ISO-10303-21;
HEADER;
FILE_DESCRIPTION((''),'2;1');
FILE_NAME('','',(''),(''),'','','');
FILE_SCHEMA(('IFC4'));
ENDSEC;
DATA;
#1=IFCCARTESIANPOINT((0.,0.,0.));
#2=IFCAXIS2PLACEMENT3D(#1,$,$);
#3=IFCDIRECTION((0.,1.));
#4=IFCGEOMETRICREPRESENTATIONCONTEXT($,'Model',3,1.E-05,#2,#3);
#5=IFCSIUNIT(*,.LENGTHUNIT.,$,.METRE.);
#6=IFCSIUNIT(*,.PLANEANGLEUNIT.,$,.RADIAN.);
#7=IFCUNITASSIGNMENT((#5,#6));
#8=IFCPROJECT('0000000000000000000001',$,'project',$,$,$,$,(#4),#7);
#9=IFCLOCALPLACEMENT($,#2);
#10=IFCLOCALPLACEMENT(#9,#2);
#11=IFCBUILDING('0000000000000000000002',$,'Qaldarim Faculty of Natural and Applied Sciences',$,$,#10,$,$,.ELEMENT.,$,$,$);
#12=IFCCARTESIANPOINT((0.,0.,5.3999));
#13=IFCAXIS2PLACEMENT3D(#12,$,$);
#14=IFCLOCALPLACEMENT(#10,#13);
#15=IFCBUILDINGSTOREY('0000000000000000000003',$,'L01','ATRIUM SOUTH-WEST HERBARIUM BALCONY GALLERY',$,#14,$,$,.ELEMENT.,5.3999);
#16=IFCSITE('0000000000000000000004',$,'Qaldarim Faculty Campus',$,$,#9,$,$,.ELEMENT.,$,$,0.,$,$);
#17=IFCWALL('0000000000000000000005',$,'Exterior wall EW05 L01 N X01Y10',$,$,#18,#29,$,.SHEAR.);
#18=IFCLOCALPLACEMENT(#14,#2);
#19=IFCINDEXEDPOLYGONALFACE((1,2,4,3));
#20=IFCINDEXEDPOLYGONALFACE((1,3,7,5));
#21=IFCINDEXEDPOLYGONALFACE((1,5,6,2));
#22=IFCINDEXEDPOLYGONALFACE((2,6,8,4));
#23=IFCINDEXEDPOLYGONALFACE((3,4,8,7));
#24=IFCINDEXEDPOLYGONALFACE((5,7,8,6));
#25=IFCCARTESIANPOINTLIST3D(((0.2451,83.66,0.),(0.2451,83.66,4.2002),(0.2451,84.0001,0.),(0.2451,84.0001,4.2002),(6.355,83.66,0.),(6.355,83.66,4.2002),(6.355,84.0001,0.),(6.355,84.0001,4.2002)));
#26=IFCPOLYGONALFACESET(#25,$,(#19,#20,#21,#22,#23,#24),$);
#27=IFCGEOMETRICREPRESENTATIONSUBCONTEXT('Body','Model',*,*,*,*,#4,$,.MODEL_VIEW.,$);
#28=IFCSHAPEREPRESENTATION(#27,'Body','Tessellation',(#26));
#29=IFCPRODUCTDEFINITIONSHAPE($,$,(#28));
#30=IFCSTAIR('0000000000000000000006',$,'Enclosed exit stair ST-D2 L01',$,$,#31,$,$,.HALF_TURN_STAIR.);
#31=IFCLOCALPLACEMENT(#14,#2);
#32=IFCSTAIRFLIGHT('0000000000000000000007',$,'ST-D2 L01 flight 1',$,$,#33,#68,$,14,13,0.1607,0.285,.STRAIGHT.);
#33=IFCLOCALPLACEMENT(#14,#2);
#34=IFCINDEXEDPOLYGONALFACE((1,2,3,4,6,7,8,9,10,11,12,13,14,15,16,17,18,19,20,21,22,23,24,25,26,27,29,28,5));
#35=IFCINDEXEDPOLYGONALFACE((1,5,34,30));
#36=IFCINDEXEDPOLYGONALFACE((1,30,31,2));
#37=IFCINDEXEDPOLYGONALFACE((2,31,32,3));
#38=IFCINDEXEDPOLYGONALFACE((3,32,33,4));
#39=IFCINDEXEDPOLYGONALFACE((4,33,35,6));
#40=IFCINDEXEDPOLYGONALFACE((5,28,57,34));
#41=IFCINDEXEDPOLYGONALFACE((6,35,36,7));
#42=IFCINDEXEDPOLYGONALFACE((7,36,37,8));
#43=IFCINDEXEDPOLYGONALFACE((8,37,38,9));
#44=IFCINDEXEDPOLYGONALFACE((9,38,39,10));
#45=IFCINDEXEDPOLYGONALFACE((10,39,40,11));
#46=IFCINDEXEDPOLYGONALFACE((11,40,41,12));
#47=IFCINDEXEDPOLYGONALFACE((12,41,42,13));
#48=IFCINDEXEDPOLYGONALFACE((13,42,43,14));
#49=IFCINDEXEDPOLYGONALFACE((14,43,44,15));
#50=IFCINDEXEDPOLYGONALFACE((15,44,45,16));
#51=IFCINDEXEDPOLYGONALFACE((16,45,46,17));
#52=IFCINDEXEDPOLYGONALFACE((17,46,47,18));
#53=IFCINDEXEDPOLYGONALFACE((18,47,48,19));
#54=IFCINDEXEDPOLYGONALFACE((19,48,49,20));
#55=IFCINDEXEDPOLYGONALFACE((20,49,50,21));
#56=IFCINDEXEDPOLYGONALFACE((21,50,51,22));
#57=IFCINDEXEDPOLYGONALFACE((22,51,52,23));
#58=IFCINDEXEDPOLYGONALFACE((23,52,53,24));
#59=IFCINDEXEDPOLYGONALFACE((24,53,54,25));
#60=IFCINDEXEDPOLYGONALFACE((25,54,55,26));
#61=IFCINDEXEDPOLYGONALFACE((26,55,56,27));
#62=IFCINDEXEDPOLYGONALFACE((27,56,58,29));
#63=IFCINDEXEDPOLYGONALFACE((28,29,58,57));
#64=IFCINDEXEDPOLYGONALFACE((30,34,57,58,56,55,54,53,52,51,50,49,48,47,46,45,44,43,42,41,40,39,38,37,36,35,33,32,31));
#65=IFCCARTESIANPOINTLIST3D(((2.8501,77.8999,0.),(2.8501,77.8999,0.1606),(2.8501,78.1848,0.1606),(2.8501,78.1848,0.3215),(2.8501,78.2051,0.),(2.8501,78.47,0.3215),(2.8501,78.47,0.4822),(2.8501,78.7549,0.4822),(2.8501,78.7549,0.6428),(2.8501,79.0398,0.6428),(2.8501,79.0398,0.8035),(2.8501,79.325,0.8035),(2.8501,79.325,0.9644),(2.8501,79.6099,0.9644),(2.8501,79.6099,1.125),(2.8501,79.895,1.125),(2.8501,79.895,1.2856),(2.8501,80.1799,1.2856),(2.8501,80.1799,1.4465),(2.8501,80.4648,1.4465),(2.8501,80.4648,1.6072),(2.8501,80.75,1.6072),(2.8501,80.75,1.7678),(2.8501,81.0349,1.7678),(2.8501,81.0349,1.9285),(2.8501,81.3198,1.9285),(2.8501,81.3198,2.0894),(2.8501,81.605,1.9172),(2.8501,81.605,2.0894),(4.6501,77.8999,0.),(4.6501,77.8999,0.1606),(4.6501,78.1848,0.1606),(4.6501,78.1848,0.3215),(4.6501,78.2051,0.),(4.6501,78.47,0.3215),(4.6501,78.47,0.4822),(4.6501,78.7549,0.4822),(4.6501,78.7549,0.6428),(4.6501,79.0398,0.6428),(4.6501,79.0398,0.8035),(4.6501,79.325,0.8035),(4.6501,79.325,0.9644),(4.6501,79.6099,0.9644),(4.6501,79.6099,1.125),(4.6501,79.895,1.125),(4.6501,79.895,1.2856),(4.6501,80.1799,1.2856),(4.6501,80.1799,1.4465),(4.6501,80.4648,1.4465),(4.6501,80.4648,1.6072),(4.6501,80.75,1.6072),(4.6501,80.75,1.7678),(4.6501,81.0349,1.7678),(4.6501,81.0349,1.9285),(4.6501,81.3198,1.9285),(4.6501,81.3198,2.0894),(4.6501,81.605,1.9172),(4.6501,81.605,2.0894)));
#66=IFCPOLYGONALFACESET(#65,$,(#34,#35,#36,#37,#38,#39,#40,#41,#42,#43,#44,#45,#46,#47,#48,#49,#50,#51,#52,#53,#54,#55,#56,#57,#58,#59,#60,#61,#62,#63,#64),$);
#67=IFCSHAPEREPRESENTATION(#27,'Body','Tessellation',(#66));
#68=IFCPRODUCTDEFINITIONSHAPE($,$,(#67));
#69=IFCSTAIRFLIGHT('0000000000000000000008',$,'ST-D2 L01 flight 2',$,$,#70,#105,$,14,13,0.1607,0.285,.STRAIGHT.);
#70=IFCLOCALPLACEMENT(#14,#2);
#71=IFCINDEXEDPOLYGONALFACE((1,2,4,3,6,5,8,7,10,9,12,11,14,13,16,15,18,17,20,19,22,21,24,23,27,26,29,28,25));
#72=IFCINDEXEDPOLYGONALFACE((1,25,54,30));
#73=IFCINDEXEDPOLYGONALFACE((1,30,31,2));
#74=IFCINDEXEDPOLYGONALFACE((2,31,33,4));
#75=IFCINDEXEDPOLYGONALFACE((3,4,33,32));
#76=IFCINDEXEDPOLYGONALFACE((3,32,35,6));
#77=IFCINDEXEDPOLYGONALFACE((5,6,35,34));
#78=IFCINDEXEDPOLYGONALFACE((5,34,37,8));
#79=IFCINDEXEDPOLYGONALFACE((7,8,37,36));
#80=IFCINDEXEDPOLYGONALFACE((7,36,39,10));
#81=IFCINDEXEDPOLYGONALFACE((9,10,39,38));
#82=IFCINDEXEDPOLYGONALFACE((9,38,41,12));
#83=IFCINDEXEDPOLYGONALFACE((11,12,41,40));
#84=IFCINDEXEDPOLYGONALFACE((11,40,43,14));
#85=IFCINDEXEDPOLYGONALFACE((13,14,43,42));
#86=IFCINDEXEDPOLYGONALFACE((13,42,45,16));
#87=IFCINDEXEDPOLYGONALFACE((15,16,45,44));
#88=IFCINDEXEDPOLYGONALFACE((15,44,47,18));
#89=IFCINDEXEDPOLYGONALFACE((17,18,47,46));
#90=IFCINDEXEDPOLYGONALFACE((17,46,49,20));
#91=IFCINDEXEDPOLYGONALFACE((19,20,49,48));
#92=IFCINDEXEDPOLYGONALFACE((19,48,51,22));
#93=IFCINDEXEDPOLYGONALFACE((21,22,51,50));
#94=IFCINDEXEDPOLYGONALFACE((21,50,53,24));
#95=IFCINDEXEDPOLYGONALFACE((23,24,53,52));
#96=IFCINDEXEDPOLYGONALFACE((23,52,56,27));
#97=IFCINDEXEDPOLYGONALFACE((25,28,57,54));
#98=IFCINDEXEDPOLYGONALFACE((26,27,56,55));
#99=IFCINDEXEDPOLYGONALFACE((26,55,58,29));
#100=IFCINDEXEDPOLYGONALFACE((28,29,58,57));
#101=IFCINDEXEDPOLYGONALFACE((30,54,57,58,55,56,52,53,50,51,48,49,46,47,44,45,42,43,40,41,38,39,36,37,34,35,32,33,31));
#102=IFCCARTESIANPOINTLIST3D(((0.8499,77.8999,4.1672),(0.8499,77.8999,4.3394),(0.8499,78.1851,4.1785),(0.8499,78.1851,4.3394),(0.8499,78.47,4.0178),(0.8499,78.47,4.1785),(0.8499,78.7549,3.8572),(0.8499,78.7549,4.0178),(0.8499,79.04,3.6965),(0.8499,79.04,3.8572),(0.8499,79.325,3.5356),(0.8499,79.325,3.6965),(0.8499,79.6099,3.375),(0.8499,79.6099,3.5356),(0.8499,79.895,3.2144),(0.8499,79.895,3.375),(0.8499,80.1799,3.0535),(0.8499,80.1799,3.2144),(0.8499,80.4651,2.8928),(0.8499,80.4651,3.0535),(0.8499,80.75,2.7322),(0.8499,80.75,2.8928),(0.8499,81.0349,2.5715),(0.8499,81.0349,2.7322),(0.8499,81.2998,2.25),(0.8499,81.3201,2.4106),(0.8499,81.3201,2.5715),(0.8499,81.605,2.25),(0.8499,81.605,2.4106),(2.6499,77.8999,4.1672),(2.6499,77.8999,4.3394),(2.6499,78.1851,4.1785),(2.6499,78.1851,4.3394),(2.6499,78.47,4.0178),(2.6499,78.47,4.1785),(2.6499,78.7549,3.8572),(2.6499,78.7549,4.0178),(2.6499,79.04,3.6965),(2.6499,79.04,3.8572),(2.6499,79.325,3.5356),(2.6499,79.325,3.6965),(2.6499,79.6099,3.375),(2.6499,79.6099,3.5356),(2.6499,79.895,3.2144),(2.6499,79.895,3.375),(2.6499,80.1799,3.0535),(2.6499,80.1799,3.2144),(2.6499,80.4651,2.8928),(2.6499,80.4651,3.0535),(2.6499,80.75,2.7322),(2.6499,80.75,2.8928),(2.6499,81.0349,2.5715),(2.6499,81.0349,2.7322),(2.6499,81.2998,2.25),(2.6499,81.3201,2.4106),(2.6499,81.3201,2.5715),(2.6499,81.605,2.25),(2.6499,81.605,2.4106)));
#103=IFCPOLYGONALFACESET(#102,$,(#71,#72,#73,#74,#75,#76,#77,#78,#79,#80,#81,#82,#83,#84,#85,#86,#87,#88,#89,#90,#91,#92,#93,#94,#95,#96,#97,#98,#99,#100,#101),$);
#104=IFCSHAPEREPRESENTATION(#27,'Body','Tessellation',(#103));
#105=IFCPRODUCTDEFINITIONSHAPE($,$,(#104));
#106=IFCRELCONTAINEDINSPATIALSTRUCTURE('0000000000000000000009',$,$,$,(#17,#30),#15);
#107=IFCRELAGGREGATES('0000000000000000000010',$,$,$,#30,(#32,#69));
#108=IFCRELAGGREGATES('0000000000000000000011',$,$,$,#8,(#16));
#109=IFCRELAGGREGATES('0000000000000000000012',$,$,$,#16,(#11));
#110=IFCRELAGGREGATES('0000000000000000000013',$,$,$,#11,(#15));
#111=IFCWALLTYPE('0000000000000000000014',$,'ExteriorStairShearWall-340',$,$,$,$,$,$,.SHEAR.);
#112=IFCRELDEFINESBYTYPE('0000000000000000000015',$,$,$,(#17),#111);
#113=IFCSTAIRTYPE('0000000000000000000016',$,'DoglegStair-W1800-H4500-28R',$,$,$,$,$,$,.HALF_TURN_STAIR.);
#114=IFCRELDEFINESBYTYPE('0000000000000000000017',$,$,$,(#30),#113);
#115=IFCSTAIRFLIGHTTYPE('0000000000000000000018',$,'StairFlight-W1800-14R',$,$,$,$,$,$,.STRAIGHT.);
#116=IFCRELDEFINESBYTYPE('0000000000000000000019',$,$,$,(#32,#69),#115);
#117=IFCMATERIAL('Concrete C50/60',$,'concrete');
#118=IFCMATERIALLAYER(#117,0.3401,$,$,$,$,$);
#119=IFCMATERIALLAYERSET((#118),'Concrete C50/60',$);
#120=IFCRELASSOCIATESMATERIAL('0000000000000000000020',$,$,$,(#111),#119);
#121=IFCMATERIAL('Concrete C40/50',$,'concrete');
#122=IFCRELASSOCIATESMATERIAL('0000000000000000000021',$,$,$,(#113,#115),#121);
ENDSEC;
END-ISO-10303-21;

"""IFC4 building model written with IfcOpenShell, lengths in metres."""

from ifc_helpers import new_model, si_unit, direction, frame, frame_2d, origin, place, context, subcontext, project, spatial, polyline, rectangle, outline, extrude, material, layer, layer_set, type_object, element, aggregate, save


model = new_model("IFC4")

# Units and contexts
model_context = context("Model", 3, precision=1e-05, world=origin(), true_north=direction((0.0, 1.0)))
body_context = subcontext(model_context, "Body", "Model", "MODEL_VIEW")
ifc_project = project(units=[si_unit("LENGTHUNIT", "METRE"), si_unit("PLANEANGLEUNIT", "RADIAN")], contexts=[model_context])

# Site, building, storey
site_placement = place(None, origin())
site = spatial("IfcSite", under=ifc_project, at=site_placement, Name="Qaldarim Faculty Campus", CompositionType="ELEMENT", RefElevation=0.0)
building_placement = place(site_placement, origin())
building = spatial("IfcBuilding", under=site, at=building_placement, Name="Qaldarim Faculty of Natural and Applied Sciences", CompositionType="ELEMENT")
storey_placement = place(building_placement, frame((0.0, 0.0, 5.3999)))
storey = spatial("IfcBuildingStorey", under=building, at=storey_placement, Name="L01", Description="ATRIUM SOUTH-WEST HERBARIUM BALCONY GALLERY", CompositionType="ELEMENT", Elevation=5.3999)

# Shared definitions
ifc_material_1 = material(Name="Concrete C50/60", Category="concrete")

# Shared definitions
ifc_material_2 = material(Name="Concrete C40/50", Category="concrete")

# Wall
ifc_layer_1 = layer(ifc_material_1, 0.3401)
ifc_layer_set_1 = layer_set([ifc_layer_1], Name="Concrete C50/60")
wall_type_1 = type_object("IfcWallType", Name="ExteriorStairShearWall-340", PredefinedType="SHEAR", material=ifc_layer_set_1)
wall_1_placement = place(storey_placement, frame((6.355, 83.8301, 0.0), z_axis=(0.0, 0.0, 1.0), x_axis=(-1.0, 0.0, 0.0)))
element("IfcWall", 1, at=wall_1_placement, inside=storey, type_object=wall_type_1, Name="Exterior wall EW05 L01 N X01Y10", PredefinedType="SHEAR", context=body_context, shape_type="SweptSolid", body=[
    extrude(rectangle(XDim=6.1099, YDim=0.3401, at=frame_2d((3.0549, 0.0))), origin(), (0.0, 0.0, 1.0), 4.2002),
])

# Stair, stair flights
stair_type = type_object("IfcStairType", Name="DoglegStair-W1800-H4500-28R", PredefinedType="HALF_TURN_STAIR", material=ifc_material_2)
stair_placement = place(storey_placement, origin())
stair = element("IfcStair", 2, at=stair_placement, inside=storey, type_object=stair_type, Name="Enclosed exit stair ST-D2 L01", PredefinedType="HALF_TURN_STAIR")
stair_flight_type = type_object("IfcStairFlightType", Name="StairFlight-W1800-14R", PredefinedType="STRAIGHT", material=ifc_material_2)
stair_flight_1_placement = place(storey_placement, frame((3.75, 77.8999, 0.0), z_axis=(0.0, 0.0, 1.0), x_axis=(0.0, 1.0, 0.0)))
stair_flight_1 = element("IfcStairFlight", 3, at=stair_flight_1_placement, type_object=stair_flight_type, Name="ST-D2 L01 flight 1", NumberOfRisers=14, NumberOfTreads=13, PredefinedType="STRAIGHT", RiserHeight=0.1607, TreadLength=0.285, context=body_context, shape_type="SweptSolid", body=[
    extrude(outline(polyline([(0.0, 0.0), (0.0, 0.1606), (0.2849, 0.1606), (0.2849, 0.3215), (0.5701, 0.3215), (0.5701, 0.4822), (0.855, 0.4822), (0.855, 0.6428), (1.1399, 0.6428), (1.1399, 0.8035), (1.425, 0.8035), (1.425, 0.9644), (1.71, 0.9644), (1.71, 1.125), (1.9951, 1.125), (1.9951, 1.2856), (2.28, 1.2856), (2.28, 1.4465), (2.5649, 1.4465), (2.5649, 1.6072), (2.8501, 1.6072), (2.8501, 1.7678), (3.135, 1.7678), (3.135, 1.9285), (3.4199, 1.9285), (3.4199, 2.0894), (3.7051, 2.0894), (3.7051, 2.25), (3.7051, 1.9172), (0.3052, 0.0), (0.0, 0.0)])), frame((0.0, 0.8999, 0.0), z_axis=(0.0, -1.0, 0.0), x_axis=(1.0, 0.0, 0.0)), (0.0, 0.0, 1.0), 1.8),
])
stair_flight_2_placement = place(storey_placement, frame((1.75, 81.605, 2.25), z_axis=(0.0, 0.0, 1.0), x_axis=(0.0, -1.0, 0.0)))
stair_flight_2 = element("IfcStairFlight", 4, at=stair_flight_2_placement, type_object=stair_flight_type, Name="ST-D2 L01 flight 2", NumberOfRisers=14, NumberOfTreads=13, PredefinedType="STRAIGHT", RiserHeight=0.1607, TreadLength=0.285, context=body_context, shape_type="SweptSolid", body=[
    extrude(outline(polyline([(0.0, 0.0), (0.0, 0.1606), (0.2849, 0.1606), (0.2849, 0.3215), (0.5701, 0.3215), (0.5701, 0.4822), (0.855, 0.4822), (0.855, 0.6428), (1.1399, 0.6428), (1.1399, 0.8035), (1.425, 0.8035), (1.425, 0.9644), (1.71, 0.9644), (1.71, 1.125), (1.9951, 1.125), (1.9951, 1.2856), (2.28, 1.2856), (2.28, 1.4465), (2.5649, 1.4465), (2.5649, 1.6072), (2.8501, 1.6072), (2.8501, 1.7678), (3.135, 1.7678), (3.135, 1.9285), (3.4199, 1.9285), (3.4199, 2.0894), (3.7051, 2.0894), (3.7051, 2.25), (3.7051, 1.9172), (0.3052, 0.0), (0.0, 0.0)])), frame((0.0, 0.8999, 0.0), z_axis=(0.0, -1.0, 0.0), x_axis=(1.0, 0.0, 0.0)), (0.0, 0.0, 1.0), 1.8),
])
aggregate(stair, [stair_flight_1, stair_flight_2])

save(model, "model.ifc")
